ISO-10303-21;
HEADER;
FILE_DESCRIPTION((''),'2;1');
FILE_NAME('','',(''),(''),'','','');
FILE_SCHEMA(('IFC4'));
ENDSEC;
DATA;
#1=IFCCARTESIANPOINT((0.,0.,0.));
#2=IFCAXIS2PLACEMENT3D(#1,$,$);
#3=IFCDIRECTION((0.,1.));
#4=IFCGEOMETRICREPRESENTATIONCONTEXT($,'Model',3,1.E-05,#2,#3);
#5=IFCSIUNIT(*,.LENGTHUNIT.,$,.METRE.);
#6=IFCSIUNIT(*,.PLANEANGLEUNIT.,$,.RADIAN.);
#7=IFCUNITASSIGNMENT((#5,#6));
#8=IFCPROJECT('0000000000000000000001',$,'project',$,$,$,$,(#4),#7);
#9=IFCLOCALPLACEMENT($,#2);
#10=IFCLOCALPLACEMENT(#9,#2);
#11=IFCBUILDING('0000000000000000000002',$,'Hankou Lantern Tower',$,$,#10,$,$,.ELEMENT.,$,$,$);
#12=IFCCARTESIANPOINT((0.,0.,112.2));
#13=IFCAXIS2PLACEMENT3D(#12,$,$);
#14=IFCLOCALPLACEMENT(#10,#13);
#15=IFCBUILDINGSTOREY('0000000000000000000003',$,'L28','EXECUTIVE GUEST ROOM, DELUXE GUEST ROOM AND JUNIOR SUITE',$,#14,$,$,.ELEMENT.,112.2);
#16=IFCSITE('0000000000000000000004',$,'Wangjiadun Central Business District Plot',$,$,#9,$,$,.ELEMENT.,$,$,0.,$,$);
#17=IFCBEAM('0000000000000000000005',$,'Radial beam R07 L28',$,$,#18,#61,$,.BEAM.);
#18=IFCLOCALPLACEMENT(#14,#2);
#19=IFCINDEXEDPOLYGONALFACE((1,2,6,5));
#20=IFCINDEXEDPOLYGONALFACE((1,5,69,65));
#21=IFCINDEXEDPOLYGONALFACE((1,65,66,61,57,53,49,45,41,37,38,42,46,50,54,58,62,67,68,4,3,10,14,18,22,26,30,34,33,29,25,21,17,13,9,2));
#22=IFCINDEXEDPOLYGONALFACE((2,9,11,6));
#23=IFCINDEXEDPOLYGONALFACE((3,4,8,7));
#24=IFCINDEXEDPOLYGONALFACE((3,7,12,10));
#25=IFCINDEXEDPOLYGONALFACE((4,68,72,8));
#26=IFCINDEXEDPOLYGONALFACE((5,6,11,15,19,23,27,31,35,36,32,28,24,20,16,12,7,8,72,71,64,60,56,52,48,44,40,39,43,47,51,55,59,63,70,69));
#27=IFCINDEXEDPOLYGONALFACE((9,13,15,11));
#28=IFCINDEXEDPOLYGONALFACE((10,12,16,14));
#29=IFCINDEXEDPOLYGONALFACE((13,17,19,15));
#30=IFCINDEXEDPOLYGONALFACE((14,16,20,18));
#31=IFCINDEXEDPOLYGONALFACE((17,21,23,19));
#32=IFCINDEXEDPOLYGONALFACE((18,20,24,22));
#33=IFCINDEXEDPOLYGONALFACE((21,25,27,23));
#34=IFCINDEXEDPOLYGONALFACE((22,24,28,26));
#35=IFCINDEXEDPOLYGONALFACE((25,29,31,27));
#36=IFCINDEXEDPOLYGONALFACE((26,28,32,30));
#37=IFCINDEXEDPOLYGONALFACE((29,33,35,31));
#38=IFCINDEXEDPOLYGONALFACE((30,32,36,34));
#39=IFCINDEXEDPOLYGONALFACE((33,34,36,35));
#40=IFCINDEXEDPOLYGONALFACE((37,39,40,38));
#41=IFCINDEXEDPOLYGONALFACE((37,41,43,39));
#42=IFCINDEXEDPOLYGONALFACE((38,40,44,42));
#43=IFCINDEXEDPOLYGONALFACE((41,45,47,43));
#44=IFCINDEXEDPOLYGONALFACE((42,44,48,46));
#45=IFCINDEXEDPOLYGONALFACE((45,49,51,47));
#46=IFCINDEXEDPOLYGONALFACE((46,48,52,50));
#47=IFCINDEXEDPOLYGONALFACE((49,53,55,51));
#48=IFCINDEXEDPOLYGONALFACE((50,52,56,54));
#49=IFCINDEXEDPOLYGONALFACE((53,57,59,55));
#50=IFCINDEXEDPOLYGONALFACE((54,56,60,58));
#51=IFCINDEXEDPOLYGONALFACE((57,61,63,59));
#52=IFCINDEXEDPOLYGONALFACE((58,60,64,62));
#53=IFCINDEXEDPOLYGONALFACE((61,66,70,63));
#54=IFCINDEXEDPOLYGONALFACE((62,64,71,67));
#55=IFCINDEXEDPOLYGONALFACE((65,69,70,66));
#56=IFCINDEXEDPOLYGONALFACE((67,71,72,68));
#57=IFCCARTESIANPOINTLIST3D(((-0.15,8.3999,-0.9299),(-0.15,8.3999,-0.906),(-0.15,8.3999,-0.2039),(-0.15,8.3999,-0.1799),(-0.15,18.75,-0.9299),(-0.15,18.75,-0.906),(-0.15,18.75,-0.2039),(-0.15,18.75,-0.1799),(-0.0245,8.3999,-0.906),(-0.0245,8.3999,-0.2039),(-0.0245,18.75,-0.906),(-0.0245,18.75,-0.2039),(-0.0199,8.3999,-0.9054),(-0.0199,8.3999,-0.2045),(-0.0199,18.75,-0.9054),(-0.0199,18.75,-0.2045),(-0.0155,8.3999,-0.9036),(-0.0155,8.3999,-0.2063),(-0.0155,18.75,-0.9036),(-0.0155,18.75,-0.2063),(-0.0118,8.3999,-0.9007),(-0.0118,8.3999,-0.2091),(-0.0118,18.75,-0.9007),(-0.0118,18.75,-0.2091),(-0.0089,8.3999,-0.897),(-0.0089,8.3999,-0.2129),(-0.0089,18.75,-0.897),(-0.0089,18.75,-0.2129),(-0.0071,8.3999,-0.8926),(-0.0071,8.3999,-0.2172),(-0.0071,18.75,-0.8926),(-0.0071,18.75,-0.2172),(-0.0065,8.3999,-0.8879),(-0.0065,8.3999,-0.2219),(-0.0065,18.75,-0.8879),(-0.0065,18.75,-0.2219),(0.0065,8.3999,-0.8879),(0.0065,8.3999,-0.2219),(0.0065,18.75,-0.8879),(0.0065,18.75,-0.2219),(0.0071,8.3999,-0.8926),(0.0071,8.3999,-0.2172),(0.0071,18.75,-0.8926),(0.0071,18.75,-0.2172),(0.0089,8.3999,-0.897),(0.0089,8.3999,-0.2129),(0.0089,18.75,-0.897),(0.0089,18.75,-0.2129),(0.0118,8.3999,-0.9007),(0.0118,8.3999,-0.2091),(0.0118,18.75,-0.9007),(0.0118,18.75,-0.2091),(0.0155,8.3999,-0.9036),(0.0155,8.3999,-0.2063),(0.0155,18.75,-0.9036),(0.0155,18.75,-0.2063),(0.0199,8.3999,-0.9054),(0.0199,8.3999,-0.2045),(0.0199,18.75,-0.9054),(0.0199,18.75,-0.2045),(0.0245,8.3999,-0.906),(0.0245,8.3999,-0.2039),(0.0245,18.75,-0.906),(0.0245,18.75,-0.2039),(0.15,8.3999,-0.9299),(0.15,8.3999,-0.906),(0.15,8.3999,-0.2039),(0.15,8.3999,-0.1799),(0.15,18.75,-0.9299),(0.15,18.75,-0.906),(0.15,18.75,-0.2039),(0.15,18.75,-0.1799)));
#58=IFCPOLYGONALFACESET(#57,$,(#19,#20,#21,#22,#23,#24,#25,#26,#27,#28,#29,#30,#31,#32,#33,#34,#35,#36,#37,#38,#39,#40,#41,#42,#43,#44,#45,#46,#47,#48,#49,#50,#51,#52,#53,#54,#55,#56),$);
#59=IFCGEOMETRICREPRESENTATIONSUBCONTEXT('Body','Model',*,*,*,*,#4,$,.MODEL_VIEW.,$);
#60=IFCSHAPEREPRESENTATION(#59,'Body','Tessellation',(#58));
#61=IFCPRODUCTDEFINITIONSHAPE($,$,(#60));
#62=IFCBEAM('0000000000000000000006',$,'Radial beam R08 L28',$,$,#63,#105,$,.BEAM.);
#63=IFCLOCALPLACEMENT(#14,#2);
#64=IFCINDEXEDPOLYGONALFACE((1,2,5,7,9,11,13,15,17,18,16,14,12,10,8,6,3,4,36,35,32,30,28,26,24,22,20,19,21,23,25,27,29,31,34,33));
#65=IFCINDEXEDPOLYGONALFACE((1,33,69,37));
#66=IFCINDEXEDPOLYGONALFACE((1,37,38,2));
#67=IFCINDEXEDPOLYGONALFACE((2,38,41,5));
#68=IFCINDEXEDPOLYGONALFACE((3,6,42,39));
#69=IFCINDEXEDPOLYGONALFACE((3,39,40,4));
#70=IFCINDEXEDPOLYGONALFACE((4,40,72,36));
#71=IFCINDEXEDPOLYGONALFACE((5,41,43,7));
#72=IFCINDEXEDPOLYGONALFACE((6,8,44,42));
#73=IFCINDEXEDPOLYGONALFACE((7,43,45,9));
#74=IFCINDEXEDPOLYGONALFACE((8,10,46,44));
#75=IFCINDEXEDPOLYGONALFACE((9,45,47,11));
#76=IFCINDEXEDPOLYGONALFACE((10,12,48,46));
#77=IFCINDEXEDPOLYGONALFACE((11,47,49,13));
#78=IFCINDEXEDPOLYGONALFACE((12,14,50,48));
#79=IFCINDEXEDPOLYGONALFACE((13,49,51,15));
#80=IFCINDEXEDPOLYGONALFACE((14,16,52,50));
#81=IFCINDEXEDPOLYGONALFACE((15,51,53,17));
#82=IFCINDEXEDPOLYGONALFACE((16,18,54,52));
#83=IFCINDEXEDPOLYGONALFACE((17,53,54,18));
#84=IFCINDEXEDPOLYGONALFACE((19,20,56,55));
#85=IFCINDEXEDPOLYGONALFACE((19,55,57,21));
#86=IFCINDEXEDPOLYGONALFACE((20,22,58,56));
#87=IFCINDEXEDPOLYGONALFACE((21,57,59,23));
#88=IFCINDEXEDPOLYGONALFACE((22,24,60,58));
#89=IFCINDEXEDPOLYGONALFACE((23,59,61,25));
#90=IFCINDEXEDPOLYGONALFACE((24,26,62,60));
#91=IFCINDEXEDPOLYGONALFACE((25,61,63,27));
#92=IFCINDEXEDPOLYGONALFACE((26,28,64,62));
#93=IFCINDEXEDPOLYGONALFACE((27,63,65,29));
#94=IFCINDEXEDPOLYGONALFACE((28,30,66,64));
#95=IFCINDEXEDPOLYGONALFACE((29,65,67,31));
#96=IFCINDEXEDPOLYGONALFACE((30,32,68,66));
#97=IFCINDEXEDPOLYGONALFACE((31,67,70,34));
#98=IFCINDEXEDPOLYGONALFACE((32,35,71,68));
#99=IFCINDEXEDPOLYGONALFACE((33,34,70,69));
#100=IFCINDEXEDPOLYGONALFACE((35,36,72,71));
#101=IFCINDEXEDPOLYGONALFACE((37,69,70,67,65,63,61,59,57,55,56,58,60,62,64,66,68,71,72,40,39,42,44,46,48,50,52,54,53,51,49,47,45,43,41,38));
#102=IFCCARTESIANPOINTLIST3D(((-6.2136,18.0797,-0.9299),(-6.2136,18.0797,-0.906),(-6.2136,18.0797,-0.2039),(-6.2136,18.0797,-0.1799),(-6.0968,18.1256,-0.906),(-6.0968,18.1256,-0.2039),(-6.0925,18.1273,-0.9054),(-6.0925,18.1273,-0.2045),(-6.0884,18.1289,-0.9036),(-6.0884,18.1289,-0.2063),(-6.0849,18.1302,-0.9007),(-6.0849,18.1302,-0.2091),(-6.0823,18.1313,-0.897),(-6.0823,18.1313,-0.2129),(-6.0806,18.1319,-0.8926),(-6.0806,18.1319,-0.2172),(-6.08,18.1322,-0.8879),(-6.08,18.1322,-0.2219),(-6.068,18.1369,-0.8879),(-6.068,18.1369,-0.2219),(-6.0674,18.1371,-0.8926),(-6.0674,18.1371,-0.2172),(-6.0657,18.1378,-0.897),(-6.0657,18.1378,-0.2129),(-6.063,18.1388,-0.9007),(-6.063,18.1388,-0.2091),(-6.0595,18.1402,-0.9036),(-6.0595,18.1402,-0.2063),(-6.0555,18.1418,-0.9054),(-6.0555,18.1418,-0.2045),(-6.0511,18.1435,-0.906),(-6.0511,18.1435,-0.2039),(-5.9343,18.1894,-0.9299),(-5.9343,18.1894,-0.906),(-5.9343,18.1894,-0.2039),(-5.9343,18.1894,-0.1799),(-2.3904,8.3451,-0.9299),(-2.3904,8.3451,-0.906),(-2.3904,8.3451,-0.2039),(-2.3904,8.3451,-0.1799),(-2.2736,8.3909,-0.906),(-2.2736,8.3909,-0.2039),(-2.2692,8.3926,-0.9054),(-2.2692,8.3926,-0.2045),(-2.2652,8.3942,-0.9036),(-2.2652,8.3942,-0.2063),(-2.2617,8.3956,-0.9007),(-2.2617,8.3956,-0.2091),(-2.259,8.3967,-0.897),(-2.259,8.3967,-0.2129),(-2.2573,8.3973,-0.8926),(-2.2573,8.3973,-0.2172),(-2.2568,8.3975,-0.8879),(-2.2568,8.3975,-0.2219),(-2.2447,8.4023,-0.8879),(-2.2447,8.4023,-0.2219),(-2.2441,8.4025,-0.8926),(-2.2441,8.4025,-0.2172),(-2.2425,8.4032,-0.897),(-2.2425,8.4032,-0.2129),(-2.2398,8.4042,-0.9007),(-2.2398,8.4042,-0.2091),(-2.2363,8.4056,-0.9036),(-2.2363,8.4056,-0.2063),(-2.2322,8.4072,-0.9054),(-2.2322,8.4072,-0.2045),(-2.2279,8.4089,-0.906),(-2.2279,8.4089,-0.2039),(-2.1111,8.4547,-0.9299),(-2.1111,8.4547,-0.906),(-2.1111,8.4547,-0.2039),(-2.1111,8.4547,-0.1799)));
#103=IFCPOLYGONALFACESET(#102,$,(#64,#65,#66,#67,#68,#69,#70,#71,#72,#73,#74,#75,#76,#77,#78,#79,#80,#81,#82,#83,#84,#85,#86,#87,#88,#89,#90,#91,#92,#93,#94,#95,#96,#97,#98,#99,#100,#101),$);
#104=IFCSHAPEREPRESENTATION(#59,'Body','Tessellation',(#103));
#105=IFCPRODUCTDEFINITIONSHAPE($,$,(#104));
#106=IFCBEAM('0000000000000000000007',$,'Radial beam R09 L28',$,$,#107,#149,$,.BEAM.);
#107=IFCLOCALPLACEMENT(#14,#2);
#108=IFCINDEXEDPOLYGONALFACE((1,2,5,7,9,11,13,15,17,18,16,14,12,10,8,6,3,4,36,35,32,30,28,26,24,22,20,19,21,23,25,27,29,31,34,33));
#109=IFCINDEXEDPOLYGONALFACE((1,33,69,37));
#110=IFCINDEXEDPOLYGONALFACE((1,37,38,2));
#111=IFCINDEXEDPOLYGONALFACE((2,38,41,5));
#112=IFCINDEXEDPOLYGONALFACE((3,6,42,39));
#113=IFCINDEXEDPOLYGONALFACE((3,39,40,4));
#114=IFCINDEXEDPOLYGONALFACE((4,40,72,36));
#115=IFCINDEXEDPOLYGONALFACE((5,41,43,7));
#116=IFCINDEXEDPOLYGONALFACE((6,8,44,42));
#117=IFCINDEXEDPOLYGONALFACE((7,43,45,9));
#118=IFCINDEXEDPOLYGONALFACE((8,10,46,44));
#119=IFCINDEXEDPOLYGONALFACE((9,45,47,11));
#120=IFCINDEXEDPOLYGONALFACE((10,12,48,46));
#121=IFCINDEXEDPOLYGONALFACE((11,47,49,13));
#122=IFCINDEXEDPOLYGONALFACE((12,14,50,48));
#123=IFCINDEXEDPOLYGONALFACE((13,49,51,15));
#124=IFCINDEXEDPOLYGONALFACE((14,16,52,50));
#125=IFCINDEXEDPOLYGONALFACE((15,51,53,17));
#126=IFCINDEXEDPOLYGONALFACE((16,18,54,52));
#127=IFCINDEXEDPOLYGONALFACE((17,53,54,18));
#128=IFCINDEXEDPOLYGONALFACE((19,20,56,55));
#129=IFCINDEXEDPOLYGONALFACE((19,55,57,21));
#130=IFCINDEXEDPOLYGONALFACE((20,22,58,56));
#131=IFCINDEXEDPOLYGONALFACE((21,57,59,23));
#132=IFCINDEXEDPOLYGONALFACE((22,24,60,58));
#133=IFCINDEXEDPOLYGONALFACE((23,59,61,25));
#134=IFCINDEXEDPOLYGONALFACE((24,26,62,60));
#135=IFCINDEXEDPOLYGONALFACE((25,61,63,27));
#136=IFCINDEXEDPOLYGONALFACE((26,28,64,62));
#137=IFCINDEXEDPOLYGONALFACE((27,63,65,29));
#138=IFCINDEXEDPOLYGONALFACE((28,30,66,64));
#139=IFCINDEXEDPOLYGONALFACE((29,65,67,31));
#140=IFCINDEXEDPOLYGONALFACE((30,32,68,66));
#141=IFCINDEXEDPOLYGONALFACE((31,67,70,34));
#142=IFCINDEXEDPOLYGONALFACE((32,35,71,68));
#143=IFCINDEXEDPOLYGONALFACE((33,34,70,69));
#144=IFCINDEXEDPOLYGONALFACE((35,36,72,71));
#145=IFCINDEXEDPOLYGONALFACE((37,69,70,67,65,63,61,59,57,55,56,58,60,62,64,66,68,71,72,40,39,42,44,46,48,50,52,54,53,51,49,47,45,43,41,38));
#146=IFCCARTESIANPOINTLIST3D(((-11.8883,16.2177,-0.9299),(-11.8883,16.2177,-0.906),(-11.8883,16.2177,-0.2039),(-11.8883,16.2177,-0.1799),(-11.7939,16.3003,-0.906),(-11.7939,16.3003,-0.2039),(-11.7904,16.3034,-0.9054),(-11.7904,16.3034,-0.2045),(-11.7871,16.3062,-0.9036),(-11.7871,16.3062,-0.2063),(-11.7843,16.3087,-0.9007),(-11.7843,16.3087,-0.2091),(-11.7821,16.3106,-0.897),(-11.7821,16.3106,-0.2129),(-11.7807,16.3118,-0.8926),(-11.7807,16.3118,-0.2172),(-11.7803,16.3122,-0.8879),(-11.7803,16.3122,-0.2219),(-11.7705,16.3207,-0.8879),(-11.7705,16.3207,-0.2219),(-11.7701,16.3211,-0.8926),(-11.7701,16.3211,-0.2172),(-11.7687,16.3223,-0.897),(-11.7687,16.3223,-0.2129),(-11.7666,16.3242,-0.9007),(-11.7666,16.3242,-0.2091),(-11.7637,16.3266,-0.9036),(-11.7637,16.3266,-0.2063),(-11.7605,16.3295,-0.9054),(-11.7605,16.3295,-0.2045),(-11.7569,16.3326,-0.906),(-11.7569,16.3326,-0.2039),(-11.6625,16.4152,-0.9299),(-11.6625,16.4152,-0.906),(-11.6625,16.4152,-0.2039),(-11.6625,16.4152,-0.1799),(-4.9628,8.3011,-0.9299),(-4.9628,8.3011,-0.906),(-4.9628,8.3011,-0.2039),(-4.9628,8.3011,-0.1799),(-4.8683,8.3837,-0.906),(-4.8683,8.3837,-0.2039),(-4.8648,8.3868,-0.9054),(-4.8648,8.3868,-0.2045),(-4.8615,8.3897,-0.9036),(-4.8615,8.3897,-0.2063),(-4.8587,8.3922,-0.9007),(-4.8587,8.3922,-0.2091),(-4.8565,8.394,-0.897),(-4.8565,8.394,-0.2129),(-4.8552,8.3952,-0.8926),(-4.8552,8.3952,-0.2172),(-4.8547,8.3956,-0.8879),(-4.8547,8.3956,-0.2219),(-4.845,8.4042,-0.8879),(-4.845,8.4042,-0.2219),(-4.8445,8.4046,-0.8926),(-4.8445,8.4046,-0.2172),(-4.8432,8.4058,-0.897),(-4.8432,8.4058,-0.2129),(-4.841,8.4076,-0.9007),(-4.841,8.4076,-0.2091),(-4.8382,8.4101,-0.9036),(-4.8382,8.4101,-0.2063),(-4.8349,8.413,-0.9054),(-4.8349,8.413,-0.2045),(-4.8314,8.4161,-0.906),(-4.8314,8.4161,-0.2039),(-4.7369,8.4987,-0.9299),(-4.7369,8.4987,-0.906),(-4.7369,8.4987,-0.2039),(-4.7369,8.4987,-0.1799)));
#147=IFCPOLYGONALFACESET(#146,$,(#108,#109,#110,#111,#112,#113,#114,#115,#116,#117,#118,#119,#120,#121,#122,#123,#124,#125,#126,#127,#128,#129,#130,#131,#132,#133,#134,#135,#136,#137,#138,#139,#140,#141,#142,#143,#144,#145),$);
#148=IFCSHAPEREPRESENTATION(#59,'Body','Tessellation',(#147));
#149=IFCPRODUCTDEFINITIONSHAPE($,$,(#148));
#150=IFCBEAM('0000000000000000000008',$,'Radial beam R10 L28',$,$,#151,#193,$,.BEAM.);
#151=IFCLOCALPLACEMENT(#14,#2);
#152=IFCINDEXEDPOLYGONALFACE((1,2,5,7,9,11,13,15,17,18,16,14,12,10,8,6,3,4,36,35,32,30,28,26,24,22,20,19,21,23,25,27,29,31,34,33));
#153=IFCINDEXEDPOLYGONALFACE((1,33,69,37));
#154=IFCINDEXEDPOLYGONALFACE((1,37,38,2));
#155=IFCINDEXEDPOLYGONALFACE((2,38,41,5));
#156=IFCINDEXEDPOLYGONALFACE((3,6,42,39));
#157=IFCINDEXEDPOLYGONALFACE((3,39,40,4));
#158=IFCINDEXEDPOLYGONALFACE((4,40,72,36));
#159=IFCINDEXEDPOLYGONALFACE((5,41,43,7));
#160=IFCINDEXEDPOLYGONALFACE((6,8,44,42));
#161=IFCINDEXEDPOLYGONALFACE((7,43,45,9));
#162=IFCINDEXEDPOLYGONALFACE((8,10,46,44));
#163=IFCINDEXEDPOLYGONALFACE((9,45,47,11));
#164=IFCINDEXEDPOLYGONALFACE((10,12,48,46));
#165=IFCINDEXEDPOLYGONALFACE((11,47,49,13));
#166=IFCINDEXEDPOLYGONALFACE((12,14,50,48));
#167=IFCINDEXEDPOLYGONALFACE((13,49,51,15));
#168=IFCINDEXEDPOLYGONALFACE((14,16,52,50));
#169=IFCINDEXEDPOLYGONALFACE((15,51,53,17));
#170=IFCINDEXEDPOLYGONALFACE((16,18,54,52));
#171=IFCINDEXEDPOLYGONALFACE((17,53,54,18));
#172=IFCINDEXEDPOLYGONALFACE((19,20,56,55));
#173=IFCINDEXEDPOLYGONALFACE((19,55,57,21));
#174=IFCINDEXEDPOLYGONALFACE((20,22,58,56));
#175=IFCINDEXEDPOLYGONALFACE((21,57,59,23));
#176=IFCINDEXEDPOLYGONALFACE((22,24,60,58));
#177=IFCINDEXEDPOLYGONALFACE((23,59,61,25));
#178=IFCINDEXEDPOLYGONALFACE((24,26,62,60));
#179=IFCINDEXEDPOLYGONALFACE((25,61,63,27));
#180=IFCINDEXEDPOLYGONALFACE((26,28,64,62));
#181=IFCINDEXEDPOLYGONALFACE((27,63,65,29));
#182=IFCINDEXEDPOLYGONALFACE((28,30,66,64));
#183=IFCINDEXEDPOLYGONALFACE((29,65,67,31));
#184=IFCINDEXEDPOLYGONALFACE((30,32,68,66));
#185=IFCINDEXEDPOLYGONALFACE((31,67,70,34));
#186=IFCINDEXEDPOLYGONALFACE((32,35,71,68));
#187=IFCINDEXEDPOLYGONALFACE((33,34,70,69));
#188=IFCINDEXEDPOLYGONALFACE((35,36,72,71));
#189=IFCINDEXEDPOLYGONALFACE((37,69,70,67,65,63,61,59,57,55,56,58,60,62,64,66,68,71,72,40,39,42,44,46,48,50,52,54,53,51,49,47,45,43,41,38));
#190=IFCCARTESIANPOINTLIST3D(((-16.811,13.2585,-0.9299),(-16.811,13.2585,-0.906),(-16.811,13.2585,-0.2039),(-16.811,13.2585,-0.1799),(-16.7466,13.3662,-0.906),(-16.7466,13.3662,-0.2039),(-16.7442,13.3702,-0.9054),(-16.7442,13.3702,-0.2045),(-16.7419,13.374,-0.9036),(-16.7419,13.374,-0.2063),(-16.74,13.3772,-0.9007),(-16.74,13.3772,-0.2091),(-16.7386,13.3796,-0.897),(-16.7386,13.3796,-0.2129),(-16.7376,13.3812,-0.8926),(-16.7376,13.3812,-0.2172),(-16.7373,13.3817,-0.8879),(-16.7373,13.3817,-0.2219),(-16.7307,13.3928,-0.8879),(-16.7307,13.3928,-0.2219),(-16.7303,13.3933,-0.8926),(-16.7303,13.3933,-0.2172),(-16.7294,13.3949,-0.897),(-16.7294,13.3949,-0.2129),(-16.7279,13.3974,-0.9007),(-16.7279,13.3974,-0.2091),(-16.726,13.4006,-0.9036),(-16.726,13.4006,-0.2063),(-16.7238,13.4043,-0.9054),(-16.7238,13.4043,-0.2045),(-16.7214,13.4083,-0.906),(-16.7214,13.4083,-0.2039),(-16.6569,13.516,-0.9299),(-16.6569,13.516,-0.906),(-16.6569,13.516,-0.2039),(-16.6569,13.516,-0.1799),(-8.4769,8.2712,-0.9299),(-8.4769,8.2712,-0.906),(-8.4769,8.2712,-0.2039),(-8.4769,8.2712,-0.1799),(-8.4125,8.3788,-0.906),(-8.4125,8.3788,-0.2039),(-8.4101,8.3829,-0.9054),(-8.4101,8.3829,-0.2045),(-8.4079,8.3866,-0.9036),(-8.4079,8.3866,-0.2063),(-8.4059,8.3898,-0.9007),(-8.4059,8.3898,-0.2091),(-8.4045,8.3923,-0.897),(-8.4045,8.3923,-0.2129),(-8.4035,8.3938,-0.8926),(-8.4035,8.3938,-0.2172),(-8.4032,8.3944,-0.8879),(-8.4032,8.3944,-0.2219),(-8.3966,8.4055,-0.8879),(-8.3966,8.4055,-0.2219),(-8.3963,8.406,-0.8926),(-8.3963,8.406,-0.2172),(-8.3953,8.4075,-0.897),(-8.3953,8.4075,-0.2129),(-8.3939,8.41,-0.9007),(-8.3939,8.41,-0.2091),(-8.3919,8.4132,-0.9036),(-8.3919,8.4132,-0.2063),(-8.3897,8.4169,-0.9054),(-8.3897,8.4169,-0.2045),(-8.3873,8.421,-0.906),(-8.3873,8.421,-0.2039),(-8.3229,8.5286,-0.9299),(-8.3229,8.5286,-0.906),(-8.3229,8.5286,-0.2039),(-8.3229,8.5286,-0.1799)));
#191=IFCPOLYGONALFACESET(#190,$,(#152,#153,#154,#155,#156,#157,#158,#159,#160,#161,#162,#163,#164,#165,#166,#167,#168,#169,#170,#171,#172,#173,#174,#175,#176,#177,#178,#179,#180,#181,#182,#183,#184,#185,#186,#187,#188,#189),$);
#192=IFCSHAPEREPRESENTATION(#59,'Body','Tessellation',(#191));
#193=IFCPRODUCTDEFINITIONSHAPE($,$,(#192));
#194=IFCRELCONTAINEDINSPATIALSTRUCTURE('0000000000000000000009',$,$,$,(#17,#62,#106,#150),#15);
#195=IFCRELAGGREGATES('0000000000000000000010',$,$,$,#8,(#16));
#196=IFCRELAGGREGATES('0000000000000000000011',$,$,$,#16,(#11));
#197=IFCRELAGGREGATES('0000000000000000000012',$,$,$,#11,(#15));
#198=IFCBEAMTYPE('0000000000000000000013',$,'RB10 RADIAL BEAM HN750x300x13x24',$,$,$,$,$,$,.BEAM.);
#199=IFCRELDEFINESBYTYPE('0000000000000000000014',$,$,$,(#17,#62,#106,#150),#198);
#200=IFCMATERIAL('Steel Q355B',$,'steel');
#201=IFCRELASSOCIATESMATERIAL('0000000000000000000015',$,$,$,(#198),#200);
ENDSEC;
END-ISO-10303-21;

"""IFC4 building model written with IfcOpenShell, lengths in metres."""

from ifc_helpers import new_model, si_unit, direction, frame, origin, origin_2d, place, context, subcontext, project, spatial, i_section, extrude, material, material_profile, profile_set, type_object, element, save


model = new_model("IFC4")

# Units and contexts
model_context = context("Model", 3, precision=1e-05, world=origin(), true_north=direction((0.0, 1.0)))
body_context = subcontext(model_context, "Body", "Model", "MODEL_VIEW")
ifc_project = project(units=[si_unit("LENGTHUNIT", "METRE"), si_unit("PLANEANGLEUNIT", "RADIAN")], contexts=[model_context])

# Site, building, storey
site_placement = place(None, origin())
site = spatial("IfcSite", under=ifc_project, at=site_placement, Name="Wangjiadun Central Business District Plot", CompositionType="ELEMENT", RefElevation=0.0)
building_placement = place(site_placement, origin())
building = spatial("IfcBuilding", under=site, at=building_placement, Name="Hankou Lantern Tower", CompositionType="ELEMENT")
storey_placement = place(building_placement, frame((0.0, 0.0, 112.2)))
storey = spatial("IfcBuildingStorey", under=building, at=storey_placement, Name="L28", Description="EXECUTIVE GUEST ROOM, DELUXE GUEST ROOM AND JUNIOR SUITE", CompositionType="ELEMENT", Elevation=112.2)

# Beams
ifc_material_1 = material(Name="Steel Q355B", Category="steel")
ifc_material_profile = material_profile(ifc_material_1, i_section(OverallWidth=0.3, OverallDepth=0.75, WebThickness=0.0129, FlangeThickness=0.0239, FilletRadius=0.0181, at=origin_2d()), Name="HN750x300x13x24")
ifc_profile_set = profile_set([ifc_material_profile], Name="Steel Q355B")
beam_type = type_object("IfcBeamType", Name="RB10 RADIAL BEAM HN750x300x13x24", PredefinedType="BEAM", material=ifc_profile_set)
beam_1_placement = place(storey_placement, frame((0.0, 8.3999, -0.5549), z_axis=(0.0, 1.0, 0.0), x_axis=(-1.0, 0.0, 0.0)))
element("IfcBeam", 1, at=beam_1_placement, inside=storey, type_object=beam_type, Name="Radial beam R07 L28", PredefinedType="BEAM", context=body_context, shape_type="SweptSolid", body=[
    extrude(i_section(OverallWidth=0.3, OverallDepth=0.75, WebThickness=0.0129, FlangeThickness=0.0239, FilletRadius=0.0181, at=origin_2d()), origin(), (0.0, 0.0, 1.0), 10.3501),
])
beam_2_placement = place(storey_placement, frame((-2.2507, 8.3999, -0.5549), z_axis=(-0.365564, 0.930786, 0.0), x_axis=(-0.930786, -0.365564, 0.0)))
element("IfcBeam", 2, at=beam_2_placement, inside=storey, type_object=beam_type, Name="Radial beam R08 L28", PredefinedType="BEAM", context=body_context, shape_type="SweptSolid", body=[
    extrude(i_section(OverallWidth=0.3, OverallDepth=0.75, WebThickness=0.0129, FlangeThickness=0.0239, FilletRadius=0.0181, at=origin_2d()), origin(), (0.0, 0.0, 1.0), 10.4585),
])
beam_3_placement = place(storey_placement, frame((-4.8499, 8.3999, -0.5549), z_axis=(-0.658429, 0.752643, 0.0), x_axis=(-0.752643, -0.658429, 0.0)))
element("IfcBeam", 3, at=beam_3_placement, inside=storey, type_object=beam_type, Name="Radial beam R09 L28", PredefinedType="BEAM", context=body_context, shape_type="SweptSolid", body=[
    extrude(i_section(OverallWidth=0.3, OverallDepth=0.75, WebThickness=0.0129, FlangeThickness=0.0239, FilletRadius=0.0181, at=origin_2d()), origin(), (0.0, 0.0, 1.0), 10.5183),
])
beam_4_placement = place(storey_placement, frame((-8.3999, 8.3999, -0.5549), z_axis=(-0.858087, 0.513505, 0.0), x_axis=(-0.513505, -0.858087, 0.0)))
element("IfcBeam", 4, at=beam_4_placement, inside=storey, type_object=beam_type, Name="Radial beam R10 L28", PredefinedType="BEAM", context=body_context, shape_type="SweptSolid", body=[
    extrude(i_section(OverallWidth=0.3, OverallDepth=0.75, WebThickness=0.0129, FlangeThickness=0.0239, FilletRadius=0.0181, at=origin_2d()), origin(), (0.0, 0.0, 1.0), 9.7124),
])

save(model, "model.ifc")
